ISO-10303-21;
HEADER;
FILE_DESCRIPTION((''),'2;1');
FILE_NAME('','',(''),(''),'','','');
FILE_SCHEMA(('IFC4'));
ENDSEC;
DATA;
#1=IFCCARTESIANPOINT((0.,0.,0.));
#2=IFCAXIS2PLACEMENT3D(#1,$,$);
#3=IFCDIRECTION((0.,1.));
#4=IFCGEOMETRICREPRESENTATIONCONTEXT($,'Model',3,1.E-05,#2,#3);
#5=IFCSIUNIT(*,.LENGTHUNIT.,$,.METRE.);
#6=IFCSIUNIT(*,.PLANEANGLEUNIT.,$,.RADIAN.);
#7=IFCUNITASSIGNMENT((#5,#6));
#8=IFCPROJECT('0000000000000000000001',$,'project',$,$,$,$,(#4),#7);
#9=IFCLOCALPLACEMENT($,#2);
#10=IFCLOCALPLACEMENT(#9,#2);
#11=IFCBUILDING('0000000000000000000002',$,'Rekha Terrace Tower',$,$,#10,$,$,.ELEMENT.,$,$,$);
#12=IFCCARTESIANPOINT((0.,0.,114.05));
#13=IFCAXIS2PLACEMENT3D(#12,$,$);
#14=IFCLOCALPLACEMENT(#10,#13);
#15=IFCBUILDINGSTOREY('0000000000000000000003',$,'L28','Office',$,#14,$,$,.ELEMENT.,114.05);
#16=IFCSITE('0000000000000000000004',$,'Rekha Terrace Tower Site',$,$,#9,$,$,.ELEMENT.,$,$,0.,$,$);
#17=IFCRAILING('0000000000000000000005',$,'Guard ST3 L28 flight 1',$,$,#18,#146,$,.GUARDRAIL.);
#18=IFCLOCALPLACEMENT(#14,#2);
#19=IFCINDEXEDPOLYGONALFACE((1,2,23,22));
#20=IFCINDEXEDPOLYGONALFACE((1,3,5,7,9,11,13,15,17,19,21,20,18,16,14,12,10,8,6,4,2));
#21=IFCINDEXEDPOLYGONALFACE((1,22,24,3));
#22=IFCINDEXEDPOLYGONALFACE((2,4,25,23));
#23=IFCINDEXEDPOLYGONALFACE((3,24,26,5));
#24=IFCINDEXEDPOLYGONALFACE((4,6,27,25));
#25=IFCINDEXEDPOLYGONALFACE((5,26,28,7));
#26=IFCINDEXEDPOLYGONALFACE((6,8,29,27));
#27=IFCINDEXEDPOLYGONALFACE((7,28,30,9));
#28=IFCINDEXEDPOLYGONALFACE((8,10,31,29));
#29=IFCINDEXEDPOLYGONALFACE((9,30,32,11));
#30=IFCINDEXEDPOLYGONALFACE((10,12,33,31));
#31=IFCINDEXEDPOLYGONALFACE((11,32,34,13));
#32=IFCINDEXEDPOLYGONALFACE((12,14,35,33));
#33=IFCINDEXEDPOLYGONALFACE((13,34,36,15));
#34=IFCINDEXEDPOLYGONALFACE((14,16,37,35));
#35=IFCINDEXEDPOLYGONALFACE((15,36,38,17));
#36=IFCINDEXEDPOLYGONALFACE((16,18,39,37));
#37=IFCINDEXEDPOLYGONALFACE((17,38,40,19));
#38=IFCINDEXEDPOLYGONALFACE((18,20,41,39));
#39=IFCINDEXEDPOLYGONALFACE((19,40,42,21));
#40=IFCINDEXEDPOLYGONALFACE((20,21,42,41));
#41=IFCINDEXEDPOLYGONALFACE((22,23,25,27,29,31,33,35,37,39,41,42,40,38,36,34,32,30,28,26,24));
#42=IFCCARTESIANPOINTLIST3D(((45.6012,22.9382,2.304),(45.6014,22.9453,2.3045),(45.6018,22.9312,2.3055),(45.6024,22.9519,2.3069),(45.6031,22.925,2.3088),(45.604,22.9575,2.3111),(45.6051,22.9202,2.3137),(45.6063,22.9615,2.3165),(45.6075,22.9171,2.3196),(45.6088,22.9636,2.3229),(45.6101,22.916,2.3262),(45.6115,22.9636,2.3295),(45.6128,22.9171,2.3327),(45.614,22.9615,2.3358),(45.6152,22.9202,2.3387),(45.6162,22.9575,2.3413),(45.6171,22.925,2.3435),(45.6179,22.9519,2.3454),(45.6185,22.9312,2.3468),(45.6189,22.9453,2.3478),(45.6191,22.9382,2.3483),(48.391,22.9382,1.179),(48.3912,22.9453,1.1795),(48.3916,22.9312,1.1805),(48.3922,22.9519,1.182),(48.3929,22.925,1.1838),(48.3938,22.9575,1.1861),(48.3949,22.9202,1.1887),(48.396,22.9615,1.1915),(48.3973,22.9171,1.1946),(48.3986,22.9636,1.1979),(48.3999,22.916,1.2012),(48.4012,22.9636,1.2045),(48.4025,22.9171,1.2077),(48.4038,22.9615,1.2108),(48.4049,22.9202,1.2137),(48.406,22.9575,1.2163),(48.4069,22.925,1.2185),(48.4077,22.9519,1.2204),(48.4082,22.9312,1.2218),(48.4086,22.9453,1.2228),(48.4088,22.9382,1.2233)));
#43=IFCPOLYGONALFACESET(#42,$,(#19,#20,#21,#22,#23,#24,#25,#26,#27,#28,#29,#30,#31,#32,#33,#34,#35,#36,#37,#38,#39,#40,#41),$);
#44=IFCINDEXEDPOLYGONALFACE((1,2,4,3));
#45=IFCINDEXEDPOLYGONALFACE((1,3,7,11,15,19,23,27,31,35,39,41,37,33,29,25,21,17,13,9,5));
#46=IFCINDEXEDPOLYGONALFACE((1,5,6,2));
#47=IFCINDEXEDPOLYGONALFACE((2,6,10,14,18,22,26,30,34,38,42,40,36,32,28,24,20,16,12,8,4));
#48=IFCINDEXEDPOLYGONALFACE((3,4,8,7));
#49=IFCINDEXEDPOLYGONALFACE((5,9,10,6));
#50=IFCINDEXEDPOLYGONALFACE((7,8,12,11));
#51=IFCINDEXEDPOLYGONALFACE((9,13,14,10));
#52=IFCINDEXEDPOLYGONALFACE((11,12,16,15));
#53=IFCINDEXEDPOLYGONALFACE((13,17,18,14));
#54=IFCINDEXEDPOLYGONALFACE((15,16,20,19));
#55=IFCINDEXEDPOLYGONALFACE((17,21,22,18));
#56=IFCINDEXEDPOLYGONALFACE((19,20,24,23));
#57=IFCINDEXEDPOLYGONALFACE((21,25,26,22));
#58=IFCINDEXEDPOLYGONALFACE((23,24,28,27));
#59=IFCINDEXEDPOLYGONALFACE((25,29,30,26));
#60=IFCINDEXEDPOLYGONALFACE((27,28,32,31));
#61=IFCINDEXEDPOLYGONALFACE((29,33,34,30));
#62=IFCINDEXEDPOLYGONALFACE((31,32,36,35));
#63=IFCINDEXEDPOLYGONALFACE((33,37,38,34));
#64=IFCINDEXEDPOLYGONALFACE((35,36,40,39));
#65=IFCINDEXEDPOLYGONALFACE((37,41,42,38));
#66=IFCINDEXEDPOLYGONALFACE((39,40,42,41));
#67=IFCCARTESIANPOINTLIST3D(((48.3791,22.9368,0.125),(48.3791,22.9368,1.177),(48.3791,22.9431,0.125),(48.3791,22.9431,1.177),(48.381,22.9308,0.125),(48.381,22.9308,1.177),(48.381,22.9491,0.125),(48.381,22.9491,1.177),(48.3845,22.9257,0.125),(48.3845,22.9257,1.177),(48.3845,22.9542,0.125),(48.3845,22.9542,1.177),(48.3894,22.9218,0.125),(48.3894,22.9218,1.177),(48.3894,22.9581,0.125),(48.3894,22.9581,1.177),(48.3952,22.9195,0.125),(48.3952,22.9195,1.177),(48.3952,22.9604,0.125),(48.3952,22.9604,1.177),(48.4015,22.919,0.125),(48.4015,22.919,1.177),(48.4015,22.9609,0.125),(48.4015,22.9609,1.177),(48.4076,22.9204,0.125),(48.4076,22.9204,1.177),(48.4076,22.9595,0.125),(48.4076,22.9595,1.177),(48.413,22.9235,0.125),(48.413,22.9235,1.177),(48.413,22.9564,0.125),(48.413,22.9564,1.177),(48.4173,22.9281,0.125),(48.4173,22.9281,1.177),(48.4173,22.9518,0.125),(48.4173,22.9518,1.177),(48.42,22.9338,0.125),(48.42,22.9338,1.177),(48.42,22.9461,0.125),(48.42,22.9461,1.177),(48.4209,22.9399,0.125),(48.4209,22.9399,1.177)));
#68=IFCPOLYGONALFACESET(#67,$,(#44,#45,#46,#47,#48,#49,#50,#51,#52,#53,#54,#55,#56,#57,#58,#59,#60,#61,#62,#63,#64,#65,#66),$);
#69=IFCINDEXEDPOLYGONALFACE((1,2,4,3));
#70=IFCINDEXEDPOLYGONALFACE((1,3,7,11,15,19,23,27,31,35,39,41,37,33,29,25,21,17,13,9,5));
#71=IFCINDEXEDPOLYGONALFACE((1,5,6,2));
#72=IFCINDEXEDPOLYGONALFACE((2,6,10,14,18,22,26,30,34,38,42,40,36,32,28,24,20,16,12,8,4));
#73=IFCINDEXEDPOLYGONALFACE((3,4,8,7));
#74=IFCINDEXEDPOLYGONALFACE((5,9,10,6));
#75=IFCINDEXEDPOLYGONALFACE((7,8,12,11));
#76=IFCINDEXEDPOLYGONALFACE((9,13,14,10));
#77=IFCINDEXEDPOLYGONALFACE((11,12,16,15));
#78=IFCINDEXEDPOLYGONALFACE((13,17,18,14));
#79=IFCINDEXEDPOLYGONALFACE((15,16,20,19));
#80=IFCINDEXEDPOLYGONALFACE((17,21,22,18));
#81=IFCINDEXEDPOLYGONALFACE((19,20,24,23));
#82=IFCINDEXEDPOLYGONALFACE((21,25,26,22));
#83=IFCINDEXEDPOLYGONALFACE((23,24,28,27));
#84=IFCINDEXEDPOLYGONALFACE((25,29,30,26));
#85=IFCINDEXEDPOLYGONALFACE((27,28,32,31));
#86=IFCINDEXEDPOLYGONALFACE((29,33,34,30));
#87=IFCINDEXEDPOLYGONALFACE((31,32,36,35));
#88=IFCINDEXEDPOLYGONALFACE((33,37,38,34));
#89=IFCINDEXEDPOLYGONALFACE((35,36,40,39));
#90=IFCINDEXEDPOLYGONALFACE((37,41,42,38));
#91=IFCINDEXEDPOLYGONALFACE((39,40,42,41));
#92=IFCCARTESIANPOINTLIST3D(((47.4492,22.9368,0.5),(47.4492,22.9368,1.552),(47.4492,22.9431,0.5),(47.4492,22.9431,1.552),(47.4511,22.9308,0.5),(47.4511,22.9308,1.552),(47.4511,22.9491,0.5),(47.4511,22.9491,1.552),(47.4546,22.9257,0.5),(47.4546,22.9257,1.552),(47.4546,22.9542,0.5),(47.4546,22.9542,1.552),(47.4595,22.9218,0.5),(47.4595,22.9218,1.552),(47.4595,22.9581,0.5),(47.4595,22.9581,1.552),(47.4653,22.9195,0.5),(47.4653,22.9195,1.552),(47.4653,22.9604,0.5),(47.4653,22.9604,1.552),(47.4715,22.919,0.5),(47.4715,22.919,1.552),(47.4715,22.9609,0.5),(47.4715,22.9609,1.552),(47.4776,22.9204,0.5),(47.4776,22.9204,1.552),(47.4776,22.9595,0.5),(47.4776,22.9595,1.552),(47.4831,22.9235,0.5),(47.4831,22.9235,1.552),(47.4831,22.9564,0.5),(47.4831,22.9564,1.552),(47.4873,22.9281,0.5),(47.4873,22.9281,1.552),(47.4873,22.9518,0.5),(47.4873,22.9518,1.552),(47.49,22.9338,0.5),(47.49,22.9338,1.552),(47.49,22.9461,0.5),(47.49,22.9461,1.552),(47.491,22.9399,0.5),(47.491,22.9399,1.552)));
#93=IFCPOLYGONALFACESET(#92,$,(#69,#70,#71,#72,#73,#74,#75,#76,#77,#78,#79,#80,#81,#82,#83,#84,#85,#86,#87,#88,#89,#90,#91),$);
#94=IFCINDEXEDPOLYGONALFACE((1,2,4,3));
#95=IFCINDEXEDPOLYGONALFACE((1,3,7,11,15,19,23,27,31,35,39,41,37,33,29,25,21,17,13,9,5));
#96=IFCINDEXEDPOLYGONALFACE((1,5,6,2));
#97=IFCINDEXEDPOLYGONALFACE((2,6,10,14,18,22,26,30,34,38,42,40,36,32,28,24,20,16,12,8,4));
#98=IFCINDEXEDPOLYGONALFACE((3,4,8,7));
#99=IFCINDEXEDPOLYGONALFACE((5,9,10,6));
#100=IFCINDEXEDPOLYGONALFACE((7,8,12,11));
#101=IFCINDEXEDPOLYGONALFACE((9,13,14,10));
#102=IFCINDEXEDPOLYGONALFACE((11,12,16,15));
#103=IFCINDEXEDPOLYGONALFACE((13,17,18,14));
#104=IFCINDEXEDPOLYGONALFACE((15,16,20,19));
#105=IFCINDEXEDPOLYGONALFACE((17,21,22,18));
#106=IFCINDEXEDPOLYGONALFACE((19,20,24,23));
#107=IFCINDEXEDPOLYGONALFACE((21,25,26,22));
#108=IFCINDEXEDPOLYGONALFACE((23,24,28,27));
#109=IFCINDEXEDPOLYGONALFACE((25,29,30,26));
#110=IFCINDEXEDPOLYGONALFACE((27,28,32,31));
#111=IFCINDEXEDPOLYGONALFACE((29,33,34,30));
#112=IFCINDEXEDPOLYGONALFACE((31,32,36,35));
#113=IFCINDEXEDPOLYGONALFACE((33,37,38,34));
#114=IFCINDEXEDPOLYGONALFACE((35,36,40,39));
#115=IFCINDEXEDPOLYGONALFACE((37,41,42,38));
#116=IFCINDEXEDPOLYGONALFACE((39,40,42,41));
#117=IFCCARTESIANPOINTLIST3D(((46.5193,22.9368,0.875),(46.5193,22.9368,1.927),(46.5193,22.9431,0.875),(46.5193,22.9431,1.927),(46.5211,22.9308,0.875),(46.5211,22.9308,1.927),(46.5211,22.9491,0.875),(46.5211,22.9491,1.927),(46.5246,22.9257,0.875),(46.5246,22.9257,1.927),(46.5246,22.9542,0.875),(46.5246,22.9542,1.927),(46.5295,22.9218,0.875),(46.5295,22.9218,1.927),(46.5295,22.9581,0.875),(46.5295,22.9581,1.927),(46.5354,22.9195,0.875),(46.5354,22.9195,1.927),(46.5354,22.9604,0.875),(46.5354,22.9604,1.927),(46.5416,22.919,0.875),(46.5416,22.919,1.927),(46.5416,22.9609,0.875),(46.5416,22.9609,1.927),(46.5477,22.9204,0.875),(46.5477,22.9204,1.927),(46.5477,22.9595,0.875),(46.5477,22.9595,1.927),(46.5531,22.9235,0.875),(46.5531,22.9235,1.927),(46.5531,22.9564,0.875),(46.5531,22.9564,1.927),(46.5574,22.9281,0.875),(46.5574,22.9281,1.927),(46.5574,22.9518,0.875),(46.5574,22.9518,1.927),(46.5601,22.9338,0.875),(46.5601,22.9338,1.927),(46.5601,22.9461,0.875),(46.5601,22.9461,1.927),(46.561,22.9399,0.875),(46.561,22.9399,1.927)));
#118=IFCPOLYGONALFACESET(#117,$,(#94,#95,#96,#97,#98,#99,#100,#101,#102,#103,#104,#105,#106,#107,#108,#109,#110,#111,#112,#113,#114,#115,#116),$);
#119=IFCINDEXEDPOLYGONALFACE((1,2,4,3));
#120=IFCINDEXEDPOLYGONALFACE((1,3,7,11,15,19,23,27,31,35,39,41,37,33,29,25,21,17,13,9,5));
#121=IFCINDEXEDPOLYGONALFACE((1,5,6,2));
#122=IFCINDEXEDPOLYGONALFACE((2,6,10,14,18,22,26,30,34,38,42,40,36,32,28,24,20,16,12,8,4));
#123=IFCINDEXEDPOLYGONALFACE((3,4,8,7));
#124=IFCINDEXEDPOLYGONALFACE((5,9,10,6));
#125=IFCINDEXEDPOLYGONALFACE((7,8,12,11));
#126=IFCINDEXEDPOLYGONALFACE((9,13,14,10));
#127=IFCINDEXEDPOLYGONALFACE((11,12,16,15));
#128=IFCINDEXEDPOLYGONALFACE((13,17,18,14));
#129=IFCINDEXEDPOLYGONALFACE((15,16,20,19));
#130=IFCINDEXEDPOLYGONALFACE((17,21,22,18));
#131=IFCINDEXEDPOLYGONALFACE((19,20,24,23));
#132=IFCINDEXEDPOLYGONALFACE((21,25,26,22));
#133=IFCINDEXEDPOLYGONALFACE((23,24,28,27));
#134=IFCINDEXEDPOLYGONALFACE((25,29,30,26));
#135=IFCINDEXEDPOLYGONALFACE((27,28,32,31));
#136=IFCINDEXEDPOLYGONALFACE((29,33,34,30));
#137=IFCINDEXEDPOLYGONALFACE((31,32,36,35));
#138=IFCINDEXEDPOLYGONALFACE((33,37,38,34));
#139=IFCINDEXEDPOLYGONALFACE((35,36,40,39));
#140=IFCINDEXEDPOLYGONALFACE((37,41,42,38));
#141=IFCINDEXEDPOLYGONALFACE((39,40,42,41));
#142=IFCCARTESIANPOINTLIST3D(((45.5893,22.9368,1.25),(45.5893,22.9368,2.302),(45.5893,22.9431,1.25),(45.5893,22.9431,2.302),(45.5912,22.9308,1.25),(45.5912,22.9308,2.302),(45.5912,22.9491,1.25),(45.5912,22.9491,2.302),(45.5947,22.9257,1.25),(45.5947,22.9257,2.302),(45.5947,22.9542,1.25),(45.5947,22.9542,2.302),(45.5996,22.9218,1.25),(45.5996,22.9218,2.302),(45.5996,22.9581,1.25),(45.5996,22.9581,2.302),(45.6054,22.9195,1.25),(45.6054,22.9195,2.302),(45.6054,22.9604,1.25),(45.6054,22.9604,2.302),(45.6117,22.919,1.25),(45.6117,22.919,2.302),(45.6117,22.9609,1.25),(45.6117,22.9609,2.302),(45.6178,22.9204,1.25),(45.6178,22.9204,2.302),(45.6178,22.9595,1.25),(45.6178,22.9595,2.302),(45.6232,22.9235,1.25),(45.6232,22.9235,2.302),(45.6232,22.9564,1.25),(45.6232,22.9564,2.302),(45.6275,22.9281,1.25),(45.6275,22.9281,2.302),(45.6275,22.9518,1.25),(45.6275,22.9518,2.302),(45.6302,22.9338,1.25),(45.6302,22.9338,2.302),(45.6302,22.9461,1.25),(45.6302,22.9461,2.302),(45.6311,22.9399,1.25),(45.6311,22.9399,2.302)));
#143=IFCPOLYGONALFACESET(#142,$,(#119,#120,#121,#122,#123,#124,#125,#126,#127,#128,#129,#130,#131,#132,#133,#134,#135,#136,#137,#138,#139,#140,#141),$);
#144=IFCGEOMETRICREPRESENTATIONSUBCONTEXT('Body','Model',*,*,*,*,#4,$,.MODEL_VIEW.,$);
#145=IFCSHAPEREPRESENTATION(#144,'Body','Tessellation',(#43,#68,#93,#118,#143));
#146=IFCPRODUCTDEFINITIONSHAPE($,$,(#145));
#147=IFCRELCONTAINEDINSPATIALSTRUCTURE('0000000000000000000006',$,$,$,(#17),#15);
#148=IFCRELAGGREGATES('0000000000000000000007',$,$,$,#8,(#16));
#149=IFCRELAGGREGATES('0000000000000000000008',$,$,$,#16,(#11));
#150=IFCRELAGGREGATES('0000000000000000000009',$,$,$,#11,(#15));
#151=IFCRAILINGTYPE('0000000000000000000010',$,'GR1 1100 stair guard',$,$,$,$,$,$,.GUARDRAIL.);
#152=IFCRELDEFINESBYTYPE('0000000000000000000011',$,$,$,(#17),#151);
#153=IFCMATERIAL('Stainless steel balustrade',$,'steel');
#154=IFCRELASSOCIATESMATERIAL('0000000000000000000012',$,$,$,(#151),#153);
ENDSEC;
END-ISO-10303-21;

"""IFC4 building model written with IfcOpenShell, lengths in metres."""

from ifc_helpers import new_model, si_unit, direction, frame, origin, origin_2d, place, context, subcontext, project, spatial, circle, extrude, material, type_object, element, save


model = new_model("IFC4")

# Units and contexts
model_context = context("Model", 3, precision=1e-05, world=origin(), true_north=direction((0.0, 1.0)))
body_context = subcontext(model_context, "Body", "Model", "MODEL_VIEW")
ifc_project = project(units=[si_unit("LENGTHUNIT", "METRE"), si_unit("PLANEANGLEUNIT", "RADIAN")], contexts=[model_context])

# Site, building, storey
site_placement = place(None, origin())
site = spatial("IfcSite", under=ifc_project, at=site_placement, Name="Rekha Terrace Tower Site", CompositionType="ELEMENT", RefElevation=0.0)
building_placement = place(site_placement, origin())
building = spatial("IfcBuilding", under=site, at=building_placement, Name="Rekha Terrace Tower", CompositionType="ELEMENT")
storey_placement = place(building_placement, frame((0.0, 0.0, 114.05)))
storey = spatial("IfcBuildingStorey", under=building, at=storey_placement, Name="L28", Description="Office", CompositionType="ELEMENT", Elevation=114.05)

# Railing
ifc_material_1 = material(Name="Stainless steel balustrade", Category="steel")
railing_type_1 = type_object("IfcRailingType", Name="GR1 1100 stair guard", PredefinedType="GUARDRAIL", material=ifc_material_1)
railing_1_placement = place(storey_placement, frame((48.3999, 22.9399, 0.125)))
element("IfcRailing", 1, at=railing_1_placement, inside=storey, type_object=railing_type_1, Name="Guard ST3 L28 flight 1", PredefinedType="GUARDRAIL", context=body_context, shape_type="SweptSolid", body=[
    extrude(circle(Radius=0.0239, at=origin_2d()), frame((0.0, 0.0, 1.0762), z_axis=(-0.927432, 0.0, 0.373992), x_axis=(0.0, -1.0, 0.0)), (0.0, 0.0, 1.0), 3.0081),
    extrude(circle(Radius=0.021, at=origin_2d()), origin(), (0.0, 0.0, 1.0), 1.052),
    extrude(circle(Radius=0.021, at=origin_2d()), frame((-0.9299, 0.0, 0.375)), (0.0, 0.0, 1.0), 1.052),
    extrude(circle(Radius=0.021, at=origin_2d()), frame((-1.8599, 0.0, 0.75)), (0.0, 0.0, 1.0), 1.052),
    extrude(circle(Radius=0.021, at=origin_2d()), frame((-2.7898, 0.0, 1.125)), (0.0, 0.0, 1.0), 1.052),
])

save(model, "model.ifc")
